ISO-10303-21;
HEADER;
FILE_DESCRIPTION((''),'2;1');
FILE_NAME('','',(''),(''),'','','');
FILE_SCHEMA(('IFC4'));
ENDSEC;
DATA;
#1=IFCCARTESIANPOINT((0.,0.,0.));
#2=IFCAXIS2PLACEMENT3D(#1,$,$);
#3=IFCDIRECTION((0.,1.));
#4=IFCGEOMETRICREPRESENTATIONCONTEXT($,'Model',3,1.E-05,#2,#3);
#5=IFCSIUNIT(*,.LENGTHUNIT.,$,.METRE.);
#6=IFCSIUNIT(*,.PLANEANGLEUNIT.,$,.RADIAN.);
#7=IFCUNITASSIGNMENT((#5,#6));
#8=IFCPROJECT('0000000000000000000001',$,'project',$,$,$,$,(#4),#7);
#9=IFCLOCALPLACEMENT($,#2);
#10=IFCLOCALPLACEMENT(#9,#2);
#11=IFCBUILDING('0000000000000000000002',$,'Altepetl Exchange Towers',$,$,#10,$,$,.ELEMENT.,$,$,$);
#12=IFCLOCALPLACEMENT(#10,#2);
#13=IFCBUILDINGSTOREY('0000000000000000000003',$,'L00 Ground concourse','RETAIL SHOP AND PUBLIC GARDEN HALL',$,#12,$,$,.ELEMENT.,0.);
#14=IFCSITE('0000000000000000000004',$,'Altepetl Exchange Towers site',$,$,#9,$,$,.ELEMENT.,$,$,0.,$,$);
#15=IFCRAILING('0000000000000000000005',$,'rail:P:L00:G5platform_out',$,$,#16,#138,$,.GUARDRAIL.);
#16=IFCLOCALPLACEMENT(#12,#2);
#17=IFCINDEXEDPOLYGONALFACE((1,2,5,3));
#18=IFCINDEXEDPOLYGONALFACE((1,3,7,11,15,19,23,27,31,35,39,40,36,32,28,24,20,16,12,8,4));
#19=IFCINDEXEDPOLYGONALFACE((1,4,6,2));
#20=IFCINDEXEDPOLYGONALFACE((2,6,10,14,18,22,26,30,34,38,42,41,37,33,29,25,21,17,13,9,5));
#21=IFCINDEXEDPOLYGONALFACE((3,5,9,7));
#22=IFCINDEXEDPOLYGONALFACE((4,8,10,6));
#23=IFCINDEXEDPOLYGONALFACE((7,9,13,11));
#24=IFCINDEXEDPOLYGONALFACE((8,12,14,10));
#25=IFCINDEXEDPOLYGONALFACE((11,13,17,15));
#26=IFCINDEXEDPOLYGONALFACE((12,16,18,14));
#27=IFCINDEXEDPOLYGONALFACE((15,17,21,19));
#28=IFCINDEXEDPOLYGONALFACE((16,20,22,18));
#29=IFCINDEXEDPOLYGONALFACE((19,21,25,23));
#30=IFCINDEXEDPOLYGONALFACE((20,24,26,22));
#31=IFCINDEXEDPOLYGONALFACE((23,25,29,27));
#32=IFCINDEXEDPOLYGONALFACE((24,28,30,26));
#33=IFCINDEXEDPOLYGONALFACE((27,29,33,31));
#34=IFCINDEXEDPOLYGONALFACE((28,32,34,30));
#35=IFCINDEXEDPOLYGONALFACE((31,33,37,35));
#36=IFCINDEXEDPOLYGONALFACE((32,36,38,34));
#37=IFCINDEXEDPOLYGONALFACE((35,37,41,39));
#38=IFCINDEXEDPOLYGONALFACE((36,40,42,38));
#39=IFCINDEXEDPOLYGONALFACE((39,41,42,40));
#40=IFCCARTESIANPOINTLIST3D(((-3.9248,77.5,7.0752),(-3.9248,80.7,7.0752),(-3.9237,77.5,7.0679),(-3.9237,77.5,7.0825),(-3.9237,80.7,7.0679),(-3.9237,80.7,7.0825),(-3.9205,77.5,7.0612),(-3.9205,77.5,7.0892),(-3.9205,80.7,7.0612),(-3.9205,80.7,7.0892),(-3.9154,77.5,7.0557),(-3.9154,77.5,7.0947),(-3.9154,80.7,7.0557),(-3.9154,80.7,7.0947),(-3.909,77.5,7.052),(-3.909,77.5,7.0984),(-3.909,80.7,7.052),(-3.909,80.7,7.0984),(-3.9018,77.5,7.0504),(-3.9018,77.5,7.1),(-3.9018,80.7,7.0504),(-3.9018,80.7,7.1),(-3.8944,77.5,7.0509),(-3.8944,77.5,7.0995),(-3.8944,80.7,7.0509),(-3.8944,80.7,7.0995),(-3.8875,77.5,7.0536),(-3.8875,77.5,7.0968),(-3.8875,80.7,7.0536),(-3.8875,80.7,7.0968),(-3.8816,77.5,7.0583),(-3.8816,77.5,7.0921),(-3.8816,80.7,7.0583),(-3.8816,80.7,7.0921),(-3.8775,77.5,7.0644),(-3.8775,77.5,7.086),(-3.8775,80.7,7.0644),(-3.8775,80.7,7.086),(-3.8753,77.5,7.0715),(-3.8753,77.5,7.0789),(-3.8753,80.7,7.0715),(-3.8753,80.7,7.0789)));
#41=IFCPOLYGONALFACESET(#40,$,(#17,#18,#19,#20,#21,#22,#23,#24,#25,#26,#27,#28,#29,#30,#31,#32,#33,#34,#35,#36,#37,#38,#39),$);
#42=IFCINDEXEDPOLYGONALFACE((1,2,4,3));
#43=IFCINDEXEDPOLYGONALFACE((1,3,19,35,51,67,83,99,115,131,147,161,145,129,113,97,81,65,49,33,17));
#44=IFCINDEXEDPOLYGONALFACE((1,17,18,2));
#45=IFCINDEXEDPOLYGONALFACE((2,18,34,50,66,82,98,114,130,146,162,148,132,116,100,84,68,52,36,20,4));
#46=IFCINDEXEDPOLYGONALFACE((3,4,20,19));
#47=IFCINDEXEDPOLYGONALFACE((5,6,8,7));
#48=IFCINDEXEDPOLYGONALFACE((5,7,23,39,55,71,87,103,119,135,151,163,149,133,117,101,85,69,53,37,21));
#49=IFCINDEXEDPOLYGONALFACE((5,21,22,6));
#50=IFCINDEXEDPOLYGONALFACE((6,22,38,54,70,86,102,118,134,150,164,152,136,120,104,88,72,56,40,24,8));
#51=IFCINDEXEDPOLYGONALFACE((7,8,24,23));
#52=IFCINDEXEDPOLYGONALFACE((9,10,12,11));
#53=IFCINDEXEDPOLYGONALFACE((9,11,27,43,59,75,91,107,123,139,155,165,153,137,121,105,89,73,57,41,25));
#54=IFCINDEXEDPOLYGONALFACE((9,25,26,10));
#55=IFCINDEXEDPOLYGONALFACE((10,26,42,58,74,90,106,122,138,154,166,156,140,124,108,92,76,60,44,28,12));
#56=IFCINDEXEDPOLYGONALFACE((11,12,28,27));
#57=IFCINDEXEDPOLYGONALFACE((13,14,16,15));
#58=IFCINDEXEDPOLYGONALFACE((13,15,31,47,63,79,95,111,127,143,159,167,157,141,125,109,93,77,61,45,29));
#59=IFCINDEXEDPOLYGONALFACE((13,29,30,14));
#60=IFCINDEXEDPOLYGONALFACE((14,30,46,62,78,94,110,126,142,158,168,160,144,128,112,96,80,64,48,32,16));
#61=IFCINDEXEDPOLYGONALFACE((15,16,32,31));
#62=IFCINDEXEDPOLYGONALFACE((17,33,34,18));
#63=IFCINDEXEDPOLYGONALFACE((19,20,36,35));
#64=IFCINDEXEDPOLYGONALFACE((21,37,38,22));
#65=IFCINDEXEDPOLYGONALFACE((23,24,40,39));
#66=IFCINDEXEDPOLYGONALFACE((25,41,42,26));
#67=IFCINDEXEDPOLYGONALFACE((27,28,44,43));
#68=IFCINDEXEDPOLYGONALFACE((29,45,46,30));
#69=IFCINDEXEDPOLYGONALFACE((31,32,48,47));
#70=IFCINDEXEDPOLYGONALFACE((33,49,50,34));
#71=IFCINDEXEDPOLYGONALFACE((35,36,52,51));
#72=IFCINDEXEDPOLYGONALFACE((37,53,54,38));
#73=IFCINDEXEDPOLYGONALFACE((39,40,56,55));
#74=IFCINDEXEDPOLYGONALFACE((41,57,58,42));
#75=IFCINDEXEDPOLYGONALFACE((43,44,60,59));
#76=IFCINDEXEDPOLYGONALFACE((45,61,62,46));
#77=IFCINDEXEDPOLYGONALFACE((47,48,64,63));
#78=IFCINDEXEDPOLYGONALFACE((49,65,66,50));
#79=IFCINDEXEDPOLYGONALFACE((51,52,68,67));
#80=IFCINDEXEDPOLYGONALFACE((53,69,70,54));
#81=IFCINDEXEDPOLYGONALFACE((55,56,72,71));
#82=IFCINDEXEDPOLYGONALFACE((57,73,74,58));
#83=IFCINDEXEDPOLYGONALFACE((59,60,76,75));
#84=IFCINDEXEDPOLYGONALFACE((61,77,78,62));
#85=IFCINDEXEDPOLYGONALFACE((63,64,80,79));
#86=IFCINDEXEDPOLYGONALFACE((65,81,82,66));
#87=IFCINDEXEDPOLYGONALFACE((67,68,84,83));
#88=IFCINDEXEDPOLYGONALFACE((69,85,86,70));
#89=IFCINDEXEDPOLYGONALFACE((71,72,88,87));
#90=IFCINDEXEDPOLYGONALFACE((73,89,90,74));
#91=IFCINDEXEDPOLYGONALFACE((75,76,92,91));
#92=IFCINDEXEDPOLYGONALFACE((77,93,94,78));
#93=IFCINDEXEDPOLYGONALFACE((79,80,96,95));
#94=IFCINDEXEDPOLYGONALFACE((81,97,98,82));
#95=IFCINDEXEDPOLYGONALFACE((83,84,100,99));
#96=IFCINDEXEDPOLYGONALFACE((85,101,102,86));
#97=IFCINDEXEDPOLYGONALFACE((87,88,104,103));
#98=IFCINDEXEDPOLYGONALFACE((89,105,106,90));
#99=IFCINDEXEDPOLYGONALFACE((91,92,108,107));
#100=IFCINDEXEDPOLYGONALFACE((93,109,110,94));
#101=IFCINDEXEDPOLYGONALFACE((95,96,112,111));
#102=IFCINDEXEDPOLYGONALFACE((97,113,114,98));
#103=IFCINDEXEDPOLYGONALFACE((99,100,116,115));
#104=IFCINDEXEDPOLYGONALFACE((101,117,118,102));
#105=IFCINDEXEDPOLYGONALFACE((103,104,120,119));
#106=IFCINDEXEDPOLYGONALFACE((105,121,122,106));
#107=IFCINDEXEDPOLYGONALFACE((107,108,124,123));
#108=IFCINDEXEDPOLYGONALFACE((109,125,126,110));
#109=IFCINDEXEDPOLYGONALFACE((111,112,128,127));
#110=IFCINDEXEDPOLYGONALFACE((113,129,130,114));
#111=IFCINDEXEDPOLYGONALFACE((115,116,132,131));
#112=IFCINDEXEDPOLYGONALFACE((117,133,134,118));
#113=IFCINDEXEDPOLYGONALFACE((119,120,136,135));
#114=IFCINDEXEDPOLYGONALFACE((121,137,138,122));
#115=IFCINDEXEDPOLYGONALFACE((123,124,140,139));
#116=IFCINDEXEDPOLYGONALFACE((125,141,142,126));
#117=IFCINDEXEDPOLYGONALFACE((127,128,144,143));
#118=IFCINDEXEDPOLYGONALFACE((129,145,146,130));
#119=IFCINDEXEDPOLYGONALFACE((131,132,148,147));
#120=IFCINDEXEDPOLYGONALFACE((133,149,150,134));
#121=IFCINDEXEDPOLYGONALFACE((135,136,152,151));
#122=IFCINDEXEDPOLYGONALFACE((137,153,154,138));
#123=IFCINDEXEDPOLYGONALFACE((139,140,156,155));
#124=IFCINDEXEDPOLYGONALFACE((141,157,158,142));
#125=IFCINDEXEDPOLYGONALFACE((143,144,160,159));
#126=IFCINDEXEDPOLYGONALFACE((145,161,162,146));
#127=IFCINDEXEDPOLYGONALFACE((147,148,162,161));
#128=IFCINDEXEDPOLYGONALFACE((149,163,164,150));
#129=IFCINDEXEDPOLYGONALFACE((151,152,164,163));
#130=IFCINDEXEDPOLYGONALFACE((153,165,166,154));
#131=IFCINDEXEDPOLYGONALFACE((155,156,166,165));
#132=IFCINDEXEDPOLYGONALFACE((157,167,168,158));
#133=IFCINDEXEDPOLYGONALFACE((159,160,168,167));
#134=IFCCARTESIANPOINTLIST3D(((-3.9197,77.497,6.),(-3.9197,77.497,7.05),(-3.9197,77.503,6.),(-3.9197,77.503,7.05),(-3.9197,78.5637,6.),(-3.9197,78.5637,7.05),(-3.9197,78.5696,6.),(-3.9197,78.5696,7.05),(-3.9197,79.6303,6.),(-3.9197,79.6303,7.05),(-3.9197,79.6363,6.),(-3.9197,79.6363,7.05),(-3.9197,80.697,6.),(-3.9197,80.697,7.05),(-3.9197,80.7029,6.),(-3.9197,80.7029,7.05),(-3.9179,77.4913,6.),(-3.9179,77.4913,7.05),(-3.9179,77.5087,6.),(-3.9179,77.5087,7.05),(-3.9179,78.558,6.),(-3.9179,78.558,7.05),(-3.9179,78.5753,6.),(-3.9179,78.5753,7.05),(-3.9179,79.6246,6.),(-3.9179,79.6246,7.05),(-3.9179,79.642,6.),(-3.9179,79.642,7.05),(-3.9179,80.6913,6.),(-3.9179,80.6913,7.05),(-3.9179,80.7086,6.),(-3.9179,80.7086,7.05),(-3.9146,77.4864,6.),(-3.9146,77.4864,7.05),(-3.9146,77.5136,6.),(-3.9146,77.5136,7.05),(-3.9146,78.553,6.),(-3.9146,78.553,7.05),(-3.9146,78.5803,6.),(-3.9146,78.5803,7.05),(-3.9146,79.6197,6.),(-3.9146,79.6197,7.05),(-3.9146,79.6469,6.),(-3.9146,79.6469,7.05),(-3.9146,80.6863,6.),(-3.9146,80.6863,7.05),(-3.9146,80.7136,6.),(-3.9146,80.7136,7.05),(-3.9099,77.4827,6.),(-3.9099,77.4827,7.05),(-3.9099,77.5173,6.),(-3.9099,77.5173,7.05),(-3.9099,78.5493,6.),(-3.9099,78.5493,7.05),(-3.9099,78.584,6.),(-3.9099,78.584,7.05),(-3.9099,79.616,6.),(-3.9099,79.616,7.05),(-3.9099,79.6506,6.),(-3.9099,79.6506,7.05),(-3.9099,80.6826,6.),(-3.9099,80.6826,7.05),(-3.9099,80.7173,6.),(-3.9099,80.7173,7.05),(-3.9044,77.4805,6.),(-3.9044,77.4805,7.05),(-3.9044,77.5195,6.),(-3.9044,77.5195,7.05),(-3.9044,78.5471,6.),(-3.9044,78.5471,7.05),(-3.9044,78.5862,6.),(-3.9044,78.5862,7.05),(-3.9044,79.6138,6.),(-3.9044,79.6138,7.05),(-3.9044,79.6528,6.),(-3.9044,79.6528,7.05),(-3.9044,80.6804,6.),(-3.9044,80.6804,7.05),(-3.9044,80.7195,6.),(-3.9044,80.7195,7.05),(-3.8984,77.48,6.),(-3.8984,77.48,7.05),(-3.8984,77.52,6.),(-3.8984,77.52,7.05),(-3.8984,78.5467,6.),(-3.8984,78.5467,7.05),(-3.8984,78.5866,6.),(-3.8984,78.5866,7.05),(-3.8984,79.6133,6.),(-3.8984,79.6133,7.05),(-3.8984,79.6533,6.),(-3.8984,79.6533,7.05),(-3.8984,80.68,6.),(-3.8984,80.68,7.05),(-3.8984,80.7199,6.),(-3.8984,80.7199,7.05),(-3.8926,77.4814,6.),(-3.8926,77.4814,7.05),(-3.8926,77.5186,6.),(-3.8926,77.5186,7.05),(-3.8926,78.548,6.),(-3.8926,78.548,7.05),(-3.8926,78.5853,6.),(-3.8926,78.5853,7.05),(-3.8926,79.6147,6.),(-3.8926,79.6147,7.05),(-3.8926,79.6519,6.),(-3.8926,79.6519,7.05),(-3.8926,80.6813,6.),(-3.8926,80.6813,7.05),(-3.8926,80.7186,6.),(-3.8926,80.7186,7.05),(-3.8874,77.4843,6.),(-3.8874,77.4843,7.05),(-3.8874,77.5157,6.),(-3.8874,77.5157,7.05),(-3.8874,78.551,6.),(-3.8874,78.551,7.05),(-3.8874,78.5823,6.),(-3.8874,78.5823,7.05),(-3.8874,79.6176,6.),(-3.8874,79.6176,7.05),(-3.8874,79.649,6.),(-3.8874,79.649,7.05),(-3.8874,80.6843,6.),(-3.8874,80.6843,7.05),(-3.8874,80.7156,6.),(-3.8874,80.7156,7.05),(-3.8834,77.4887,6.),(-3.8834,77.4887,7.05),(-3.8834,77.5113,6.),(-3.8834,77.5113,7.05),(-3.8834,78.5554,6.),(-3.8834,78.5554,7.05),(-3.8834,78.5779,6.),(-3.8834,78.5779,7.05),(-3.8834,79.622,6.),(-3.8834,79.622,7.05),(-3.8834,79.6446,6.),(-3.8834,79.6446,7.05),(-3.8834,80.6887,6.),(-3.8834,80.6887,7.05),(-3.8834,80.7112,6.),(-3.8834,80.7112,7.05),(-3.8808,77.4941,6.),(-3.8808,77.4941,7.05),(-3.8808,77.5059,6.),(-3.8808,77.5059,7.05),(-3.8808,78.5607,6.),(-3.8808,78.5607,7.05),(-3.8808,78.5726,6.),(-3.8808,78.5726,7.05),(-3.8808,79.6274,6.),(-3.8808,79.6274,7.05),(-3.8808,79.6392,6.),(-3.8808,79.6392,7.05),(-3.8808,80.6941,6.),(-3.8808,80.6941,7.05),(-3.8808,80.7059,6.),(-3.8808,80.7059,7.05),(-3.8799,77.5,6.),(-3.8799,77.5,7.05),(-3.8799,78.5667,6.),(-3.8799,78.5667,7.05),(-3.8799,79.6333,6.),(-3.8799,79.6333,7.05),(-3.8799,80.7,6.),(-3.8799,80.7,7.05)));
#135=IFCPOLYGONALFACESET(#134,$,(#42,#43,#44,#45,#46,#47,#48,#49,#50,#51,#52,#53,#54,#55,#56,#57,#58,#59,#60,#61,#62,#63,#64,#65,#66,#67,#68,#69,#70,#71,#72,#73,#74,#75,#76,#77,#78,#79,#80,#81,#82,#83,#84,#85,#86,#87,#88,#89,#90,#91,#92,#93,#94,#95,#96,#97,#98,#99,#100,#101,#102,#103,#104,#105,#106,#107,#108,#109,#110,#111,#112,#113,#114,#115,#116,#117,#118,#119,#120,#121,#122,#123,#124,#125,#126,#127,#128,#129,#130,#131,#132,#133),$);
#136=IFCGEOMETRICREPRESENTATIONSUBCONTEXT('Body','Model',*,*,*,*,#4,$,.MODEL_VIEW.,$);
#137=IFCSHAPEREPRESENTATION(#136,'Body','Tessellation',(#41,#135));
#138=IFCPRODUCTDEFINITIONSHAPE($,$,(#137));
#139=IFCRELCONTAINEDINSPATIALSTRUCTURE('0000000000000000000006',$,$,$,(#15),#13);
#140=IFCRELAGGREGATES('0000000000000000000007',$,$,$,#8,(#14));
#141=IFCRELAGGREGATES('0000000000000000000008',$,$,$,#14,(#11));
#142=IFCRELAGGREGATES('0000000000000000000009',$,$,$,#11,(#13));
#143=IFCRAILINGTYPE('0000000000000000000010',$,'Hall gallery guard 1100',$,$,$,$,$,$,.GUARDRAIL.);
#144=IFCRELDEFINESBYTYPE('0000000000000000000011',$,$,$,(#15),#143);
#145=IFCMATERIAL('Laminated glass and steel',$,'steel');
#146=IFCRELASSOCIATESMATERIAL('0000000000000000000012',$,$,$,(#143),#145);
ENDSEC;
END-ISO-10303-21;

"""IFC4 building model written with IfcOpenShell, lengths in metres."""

from ifc_helpers import new_model, si_unit, direction, frame, origin, origin_2d, place, context, subcontext, project, spatial, circle, extrude, source, transform, mapped, material, type_object, element, save


model = new_model("IFC4")

# Units and contexts
model_context = context("Model", 3, precision=1e-05, world=origin(), true_north=direction((0.0, 1.0)))
body_context = subcontext(model_context, "Body", "Model", "MODEL_VIEW")
ifc_project = project(units=[si_unit("LENGTHUNIT", "METRE"), si_unit("PLANEANGLEUNIT", "RADIAN")], contexts=[model_context])

# Site, building, storey
site_placement = place(None, origin())
site = spatial("IfcSite", under=ifc_project, at=site_placement, Name="Altepetl Exchange Towers site", CompositionType="ELEMENT", RefElevation=0.0)
building_placement = place(site_placement, origin())
building = spatial("IfcBuilding", under=site, at=building_placement, Name="Altepetl Exchange Towers", CompositionType="ELEMENT")
storey_placement = place(building_placement, origin())
storey = spatial("IfcBuildingStorey", under=building, at=storey_placement, Name="L00 Ground concourse", Description="RETAIL SHOP AND PUBLIC GARDEN HALL", CompositionType="ELEMENT", Elevation=0.0)

# Railing
ifc_material_1 = material(Name="Laminated glass and steel", Category="steel")
railing_type = type_object("IfcRailingType", Name="Hall gallery guard 1100", PredefinedType="GUARDRAIL", material=ifc_material_1)
shared_shape = source(origin(), body_context, "Body", "SweptSolid", [
    extrude(circle(Radius=0.02, at=origin_2d()), origin(), (0.0, 0.0, 1.0), 1.05),
])
railing_1_placement = place(storey_placement, frame((-3.8999, 77.5, 6.0)))
element("IfcRailing", 1, at=railing_1_placement, inside=storey, type_object=railing_type, Name="rail:P:L00:G5platform_out", PredefinedType="GUARDRAIL", context=body_context, shape_type="SweptSolid", body=[
    extrude(circle(Radius=0.0249, at=origin_2d()), frame((0.0, 0.0, 1.0752), z_axis=(0.0, 1.0, 0.0), x_axis=(-1.0, 0.0, 0.0)), (0.0, 0.0, 1.0), 3.2),
    mapped(shared_shape, transform((0.0, 0.0, 0.0))),
    mapped(shared_shape, transform((0.0, 1.0667, 0.0))),
    mapped(shared_shape, transform((0.0, 2.1333, 0.0))),
    mapped(shared_shape, transform((0.0, 3.2, 0.0))),
])

save(model, "model.ifc")
